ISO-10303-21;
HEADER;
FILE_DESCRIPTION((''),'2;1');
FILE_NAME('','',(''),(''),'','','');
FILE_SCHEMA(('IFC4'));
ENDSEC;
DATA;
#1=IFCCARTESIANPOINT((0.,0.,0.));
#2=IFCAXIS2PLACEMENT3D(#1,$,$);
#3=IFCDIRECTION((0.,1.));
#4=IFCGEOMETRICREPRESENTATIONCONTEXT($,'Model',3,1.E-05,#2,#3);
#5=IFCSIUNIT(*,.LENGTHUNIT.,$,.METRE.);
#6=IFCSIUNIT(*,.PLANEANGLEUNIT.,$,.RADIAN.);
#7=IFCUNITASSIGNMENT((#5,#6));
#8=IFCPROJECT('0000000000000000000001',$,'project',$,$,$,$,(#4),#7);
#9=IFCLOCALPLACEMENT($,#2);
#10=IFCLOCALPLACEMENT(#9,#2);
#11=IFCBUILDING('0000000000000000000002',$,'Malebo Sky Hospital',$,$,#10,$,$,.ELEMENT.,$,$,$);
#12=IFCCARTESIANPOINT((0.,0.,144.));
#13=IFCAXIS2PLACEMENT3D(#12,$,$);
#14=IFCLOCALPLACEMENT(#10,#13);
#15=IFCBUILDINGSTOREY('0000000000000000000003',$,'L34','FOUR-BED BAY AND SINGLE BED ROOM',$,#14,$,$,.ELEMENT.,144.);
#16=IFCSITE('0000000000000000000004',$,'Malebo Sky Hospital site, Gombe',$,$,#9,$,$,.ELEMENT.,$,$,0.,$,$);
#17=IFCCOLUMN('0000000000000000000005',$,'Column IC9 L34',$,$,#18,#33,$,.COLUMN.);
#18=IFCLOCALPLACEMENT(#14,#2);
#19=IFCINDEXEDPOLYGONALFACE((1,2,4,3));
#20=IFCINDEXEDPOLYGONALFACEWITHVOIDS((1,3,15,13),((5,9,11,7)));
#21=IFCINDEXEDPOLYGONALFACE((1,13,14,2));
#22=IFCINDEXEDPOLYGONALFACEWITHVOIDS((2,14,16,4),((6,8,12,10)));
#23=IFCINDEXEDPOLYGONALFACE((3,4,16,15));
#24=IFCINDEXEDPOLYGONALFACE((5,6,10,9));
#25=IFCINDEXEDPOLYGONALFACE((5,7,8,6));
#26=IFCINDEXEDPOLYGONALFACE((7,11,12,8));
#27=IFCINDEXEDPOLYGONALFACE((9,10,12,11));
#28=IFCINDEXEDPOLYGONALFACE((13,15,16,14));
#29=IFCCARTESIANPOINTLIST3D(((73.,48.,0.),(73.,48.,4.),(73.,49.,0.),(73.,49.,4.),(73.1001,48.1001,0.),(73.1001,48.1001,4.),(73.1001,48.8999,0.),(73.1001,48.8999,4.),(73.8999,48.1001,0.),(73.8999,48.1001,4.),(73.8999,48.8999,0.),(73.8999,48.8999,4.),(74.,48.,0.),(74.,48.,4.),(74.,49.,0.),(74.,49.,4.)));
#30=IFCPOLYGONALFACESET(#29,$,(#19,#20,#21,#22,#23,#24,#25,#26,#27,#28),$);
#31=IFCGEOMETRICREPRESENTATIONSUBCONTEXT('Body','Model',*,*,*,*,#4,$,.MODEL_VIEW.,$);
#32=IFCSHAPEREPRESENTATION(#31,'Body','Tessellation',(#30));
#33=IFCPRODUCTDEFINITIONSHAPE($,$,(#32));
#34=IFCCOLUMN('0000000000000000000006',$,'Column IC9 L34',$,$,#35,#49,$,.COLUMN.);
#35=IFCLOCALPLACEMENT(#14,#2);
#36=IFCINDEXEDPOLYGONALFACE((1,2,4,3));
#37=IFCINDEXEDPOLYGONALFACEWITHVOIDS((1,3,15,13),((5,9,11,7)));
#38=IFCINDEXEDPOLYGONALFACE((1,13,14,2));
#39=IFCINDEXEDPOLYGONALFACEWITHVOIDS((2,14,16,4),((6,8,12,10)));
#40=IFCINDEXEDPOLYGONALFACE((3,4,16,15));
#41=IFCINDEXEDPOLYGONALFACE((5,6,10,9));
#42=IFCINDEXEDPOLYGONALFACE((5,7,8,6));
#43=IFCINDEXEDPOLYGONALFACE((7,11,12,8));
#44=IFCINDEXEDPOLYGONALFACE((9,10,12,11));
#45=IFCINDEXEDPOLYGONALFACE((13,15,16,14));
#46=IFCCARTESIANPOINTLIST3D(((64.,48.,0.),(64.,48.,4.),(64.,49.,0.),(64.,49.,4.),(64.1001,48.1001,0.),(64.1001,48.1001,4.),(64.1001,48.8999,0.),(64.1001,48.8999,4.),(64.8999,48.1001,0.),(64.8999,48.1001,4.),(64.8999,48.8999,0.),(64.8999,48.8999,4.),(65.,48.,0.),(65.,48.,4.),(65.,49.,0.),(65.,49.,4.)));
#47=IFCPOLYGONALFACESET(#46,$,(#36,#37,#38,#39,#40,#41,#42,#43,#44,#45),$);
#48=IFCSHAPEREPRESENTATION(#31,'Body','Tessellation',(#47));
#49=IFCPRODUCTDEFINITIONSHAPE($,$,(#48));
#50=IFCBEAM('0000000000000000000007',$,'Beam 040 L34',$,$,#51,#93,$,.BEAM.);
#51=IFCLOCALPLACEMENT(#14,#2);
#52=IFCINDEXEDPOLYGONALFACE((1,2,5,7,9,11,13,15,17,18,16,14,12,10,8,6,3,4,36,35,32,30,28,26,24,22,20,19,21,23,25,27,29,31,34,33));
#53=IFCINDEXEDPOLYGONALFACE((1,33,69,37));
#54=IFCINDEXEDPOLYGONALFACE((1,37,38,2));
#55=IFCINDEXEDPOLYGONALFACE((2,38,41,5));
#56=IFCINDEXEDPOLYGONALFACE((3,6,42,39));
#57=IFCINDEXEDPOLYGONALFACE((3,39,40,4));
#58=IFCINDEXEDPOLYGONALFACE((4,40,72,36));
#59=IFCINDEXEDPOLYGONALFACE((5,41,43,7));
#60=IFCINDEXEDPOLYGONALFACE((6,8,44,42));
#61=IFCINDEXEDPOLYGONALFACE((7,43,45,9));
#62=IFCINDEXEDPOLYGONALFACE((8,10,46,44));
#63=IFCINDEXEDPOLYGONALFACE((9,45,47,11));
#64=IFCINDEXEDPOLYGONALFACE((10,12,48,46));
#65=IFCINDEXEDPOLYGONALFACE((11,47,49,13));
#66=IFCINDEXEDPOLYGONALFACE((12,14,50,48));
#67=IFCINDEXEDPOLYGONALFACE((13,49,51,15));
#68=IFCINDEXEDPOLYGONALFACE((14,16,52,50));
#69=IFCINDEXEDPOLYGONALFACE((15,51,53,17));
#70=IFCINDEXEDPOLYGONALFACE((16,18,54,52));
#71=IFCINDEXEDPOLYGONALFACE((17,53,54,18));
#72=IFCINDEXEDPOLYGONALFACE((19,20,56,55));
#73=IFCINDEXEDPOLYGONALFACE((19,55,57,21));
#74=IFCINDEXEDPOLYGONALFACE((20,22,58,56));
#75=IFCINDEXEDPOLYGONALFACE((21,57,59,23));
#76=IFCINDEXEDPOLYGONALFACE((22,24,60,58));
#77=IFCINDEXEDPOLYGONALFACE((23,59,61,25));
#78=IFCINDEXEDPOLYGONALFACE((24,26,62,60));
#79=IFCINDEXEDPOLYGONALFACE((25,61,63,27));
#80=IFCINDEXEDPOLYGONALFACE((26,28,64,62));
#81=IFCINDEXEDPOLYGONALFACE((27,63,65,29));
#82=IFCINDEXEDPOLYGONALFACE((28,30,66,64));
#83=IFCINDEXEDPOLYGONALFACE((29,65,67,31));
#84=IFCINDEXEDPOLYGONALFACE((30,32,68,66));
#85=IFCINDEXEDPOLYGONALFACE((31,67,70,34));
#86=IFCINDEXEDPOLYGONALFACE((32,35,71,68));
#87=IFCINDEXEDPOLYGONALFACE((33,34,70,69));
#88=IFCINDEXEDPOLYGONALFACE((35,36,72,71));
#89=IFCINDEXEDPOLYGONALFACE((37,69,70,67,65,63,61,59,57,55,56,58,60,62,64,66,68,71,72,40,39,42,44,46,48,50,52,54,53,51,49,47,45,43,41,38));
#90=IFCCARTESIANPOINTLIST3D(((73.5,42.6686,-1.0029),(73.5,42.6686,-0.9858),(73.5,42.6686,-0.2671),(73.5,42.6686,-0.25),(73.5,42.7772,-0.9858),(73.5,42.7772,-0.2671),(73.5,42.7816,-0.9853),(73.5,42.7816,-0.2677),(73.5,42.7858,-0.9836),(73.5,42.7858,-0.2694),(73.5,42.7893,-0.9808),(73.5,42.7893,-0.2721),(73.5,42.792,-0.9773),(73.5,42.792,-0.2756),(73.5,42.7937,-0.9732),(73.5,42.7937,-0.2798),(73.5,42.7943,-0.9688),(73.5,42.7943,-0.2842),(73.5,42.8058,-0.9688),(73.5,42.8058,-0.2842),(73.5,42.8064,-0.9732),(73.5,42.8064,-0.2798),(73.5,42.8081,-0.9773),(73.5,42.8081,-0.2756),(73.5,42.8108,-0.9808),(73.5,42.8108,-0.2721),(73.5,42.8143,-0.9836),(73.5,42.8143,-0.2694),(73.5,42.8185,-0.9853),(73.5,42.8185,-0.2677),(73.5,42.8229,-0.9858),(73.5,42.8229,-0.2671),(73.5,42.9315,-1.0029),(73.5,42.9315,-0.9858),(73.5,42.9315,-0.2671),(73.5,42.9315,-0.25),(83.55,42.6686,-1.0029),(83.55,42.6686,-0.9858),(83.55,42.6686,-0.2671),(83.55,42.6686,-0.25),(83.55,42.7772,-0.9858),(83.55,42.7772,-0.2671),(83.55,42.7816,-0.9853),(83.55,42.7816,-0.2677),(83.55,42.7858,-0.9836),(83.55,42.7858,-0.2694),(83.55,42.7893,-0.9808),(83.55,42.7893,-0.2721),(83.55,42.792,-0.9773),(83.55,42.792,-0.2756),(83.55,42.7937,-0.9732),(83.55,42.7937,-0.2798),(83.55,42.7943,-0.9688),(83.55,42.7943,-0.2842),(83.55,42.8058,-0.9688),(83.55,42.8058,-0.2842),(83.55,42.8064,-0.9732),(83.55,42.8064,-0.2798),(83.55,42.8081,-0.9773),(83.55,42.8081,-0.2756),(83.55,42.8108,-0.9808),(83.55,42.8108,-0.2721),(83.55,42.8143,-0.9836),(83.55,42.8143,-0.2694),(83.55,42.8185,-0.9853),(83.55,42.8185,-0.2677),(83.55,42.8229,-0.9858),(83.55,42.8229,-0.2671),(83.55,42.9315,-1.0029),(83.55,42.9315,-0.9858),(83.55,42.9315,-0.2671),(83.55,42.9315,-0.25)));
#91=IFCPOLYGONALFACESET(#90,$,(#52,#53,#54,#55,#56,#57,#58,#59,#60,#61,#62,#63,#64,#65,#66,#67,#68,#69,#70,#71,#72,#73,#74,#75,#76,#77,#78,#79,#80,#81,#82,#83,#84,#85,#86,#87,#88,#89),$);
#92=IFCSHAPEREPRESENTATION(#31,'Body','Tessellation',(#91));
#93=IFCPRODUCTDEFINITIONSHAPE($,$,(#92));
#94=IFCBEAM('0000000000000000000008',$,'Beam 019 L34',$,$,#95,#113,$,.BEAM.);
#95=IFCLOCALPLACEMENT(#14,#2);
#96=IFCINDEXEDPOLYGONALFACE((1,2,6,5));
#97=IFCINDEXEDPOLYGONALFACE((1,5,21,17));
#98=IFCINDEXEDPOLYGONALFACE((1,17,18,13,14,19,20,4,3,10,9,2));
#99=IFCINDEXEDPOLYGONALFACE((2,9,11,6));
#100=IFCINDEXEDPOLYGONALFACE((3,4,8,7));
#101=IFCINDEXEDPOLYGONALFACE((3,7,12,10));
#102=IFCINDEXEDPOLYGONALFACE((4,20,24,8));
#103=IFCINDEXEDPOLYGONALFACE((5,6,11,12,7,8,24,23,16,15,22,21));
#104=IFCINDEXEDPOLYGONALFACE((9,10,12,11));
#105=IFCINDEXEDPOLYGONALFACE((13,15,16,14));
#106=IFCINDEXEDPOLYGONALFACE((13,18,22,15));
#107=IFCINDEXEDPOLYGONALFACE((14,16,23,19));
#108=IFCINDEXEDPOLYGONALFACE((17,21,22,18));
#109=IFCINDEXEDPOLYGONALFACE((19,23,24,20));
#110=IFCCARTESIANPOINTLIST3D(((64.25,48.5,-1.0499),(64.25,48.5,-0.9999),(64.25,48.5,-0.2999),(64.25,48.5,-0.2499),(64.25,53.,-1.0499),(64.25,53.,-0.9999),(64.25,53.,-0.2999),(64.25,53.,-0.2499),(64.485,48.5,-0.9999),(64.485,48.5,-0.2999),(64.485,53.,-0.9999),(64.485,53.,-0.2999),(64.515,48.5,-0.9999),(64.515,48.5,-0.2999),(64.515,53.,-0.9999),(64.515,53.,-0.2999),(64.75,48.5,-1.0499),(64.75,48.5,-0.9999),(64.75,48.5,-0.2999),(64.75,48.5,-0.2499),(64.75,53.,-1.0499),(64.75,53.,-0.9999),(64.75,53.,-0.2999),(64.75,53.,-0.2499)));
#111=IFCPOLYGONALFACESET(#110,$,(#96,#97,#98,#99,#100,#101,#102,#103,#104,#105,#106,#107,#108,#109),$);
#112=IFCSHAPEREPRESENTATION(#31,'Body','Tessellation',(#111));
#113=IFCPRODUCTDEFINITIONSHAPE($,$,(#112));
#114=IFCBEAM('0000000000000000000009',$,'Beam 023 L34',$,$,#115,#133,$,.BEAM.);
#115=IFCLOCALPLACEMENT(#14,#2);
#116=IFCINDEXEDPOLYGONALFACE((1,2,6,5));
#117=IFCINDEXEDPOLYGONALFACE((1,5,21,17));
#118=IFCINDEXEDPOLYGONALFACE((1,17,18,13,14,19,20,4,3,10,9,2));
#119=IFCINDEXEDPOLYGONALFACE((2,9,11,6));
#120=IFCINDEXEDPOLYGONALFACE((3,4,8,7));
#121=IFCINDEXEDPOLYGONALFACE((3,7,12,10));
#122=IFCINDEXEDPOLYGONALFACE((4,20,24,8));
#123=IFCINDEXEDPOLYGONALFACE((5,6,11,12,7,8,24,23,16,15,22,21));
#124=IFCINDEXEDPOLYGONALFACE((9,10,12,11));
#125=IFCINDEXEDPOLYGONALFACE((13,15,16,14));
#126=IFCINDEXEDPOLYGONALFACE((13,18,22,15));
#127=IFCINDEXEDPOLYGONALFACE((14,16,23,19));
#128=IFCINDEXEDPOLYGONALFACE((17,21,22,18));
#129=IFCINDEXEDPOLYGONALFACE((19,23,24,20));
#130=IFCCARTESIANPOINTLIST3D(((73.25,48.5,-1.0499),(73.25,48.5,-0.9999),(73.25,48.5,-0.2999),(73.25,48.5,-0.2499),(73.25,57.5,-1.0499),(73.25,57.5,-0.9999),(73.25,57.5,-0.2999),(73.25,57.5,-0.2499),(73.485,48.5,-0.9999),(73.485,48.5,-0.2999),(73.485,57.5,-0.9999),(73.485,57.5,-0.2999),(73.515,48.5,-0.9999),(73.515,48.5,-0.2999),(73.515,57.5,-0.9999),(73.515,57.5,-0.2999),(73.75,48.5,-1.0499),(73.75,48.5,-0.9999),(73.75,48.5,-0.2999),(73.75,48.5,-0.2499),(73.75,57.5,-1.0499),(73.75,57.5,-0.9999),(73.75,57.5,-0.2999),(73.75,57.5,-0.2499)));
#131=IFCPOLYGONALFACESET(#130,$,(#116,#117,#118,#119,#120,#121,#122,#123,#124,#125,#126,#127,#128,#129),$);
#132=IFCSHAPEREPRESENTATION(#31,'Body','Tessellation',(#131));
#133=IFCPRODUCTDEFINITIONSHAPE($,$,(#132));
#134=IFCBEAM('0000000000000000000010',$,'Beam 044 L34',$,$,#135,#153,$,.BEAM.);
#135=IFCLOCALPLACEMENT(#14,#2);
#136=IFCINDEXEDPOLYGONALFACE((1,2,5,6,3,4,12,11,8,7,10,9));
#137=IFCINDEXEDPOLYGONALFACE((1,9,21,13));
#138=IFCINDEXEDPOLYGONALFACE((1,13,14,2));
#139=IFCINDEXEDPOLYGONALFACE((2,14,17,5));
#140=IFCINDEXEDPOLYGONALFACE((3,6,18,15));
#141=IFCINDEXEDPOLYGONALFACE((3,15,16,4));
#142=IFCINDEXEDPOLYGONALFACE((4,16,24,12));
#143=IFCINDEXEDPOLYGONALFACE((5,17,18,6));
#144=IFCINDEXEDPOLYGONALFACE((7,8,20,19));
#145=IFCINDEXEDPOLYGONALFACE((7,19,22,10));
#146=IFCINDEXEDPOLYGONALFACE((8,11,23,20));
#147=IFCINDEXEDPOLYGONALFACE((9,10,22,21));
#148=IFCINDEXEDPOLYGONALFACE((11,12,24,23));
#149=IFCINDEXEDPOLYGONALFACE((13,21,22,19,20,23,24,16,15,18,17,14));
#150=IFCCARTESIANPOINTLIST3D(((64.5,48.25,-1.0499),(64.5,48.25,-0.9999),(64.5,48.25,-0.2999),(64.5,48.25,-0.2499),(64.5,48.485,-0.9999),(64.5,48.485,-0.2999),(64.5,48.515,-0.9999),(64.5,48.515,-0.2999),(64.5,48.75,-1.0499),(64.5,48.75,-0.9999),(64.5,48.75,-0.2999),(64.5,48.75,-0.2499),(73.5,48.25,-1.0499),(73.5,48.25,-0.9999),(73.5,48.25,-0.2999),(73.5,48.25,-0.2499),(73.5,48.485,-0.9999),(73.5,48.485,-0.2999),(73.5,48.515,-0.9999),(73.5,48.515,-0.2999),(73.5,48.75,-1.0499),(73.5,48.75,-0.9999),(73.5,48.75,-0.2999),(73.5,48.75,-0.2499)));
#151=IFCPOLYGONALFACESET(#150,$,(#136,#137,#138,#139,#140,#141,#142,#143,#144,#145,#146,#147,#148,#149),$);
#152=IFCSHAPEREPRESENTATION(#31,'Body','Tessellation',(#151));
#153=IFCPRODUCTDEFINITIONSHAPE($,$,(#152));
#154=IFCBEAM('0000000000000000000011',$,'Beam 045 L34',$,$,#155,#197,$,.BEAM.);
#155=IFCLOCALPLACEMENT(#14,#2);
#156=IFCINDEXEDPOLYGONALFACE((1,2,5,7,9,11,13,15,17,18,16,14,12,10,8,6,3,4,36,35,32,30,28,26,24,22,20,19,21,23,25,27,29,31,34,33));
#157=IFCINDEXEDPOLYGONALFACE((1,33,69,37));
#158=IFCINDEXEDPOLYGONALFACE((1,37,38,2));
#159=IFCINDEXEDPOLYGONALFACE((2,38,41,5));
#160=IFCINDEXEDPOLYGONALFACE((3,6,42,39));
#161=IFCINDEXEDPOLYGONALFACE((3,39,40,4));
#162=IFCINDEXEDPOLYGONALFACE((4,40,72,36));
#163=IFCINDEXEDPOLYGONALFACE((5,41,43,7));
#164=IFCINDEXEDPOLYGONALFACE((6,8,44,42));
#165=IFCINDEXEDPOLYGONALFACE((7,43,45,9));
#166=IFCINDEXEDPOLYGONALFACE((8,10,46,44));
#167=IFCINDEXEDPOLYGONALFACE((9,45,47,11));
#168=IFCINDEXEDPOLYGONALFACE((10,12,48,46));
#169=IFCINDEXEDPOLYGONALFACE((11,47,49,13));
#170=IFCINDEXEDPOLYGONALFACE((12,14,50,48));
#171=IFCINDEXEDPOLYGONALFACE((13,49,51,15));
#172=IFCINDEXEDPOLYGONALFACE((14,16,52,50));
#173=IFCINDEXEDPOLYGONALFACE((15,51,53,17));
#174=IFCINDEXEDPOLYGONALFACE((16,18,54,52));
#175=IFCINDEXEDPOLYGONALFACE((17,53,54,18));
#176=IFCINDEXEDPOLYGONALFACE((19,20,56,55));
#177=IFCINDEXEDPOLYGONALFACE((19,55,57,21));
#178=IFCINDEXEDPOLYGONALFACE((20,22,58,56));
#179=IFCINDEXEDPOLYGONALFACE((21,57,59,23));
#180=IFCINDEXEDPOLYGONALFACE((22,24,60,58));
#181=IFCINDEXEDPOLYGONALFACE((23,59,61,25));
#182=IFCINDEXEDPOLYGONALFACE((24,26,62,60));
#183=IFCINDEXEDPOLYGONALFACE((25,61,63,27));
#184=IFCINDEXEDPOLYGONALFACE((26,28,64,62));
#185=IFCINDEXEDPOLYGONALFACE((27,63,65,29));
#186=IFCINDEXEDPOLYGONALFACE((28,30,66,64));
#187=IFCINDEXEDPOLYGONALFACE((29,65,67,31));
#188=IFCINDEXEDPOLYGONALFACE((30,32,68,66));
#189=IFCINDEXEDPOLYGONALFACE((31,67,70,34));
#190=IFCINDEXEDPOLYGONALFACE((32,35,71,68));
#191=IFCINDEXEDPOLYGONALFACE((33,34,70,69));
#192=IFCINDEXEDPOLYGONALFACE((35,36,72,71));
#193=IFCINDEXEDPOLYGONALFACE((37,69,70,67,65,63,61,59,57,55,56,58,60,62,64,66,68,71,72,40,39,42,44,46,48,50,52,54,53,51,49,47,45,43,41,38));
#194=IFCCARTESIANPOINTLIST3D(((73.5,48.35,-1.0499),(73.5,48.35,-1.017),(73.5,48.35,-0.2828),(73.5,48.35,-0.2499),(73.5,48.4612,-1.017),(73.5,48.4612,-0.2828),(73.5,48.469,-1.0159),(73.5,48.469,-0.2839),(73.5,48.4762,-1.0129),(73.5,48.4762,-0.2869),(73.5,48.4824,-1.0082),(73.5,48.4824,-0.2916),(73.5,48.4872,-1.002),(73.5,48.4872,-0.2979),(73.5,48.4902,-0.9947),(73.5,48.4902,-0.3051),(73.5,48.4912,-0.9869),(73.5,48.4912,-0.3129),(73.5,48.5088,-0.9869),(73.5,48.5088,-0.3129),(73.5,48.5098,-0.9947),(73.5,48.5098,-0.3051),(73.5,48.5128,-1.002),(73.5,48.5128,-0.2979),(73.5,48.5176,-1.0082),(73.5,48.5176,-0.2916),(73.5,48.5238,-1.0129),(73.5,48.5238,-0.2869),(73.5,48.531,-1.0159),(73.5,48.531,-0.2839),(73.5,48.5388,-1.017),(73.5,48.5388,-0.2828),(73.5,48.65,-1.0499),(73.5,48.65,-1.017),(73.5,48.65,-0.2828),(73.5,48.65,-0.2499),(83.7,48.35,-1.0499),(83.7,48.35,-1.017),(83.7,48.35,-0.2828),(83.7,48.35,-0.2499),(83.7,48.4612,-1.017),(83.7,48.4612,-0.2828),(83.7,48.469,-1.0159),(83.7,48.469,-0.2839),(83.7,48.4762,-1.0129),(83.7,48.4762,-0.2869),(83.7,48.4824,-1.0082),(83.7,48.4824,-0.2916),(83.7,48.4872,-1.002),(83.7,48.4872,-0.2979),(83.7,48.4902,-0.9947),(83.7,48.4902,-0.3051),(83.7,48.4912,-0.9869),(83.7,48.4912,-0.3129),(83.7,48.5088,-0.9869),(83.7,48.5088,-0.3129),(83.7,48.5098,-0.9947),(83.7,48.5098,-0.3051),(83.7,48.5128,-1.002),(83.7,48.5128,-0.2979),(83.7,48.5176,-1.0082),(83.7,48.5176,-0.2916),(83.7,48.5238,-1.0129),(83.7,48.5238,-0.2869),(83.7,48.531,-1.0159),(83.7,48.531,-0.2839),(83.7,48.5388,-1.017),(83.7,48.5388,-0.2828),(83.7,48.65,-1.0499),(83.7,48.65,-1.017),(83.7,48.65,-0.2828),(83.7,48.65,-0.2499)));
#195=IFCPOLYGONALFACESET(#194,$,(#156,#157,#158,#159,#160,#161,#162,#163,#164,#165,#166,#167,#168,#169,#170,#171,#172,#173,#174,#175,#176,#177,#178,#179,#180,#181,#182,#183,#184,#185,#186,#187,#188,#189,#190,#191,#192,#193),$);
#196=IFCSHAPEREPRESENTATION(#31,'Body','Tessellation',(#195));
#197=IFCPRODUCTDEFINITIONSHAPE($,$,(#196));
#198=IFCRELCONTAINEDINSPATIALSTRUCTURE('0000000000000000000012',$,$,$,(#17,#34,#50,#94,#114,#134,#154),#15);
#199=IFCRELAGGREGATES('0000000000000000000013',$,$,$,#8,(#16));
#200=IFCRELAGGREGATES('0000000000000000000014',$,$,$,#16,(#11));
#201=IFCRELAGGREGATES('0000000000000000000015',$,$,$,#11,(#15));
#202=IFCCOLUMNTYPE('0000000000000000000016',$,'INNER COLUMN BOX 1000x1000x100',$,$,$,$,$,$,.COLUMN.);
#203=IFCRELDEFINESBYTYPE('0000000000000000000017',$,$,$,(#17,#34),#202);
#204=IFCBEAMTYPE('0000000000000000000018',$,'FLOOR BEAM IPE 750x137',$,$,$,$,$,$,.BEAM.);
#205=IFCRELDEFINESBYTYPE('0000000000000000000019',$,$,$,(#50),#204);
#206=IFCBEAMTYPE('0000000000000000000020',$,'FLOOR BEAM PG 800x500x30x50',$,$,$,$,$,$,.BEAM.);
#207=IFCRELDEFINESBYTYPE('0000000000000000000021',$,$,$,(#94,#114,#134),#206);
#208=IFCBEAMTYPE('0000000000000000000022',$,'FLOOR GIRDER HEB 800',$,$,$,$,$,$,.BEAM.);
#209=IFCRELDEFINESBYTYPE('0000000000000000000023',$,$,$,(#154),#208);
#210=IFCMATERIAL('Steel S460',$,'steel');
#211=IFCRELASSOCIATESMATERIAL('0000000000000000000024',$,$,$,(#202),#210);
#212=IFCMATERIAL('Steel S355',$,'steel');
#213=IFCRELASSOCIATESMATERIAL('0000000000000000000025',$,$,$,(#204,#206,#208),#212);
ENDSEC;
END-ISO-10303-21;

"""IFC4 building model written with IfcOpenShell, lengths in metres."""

from ifc_helpers import new_model, si_unit, direction, frame, origin, origin_2d, place, context, subcontext, project, spatial, hollow_rectangle, i_section, extrude, material, material_profile, profile_set, type_object, element, save


model = new_model("IFC4")

# Units and contexts
model_context = context("Model", 3, precision=1e-05, world=origin(), true_north=direction((0.0, 1.0)))
body_context = subcontext(model_context, "Body", "Model", "MODEL_VIEW")
ifc_project = project(units=[si_unit("LENGTHUNIT", "METRE"), si_unit("PLANEANGLEUNIT", "RADIAN")], contexts=[model_context])

# Site, building, storey
site_placement = place(None, origin())
site = spatial("IfcSite", under=ifc_project, at=site_placement, Name="Malebo Sky Hospital site, Gombe", CompositionType="ELEMENT", RefElevation=0.0)
building_placement = place(site_placement, origin())
building = spatial("IfcBuilding", under=site, at=building_placement, Name="Malebo Sky Hospital", CompositionType="ELEMENT")
storey_placement = place(building_placement, frame((0.0, 0.0, 144.0)))
storey = spatial("IfcBuildingStorey", under=building, at=storey_placement, Name="L34", Description="FOUR-BED BAY AND SINGLE BED ROOM", CompositionType="ELEMENT", Elevation=144.0)

# Columns
ifc_material_1 = material(Name="Steel S460", Category="steel")
ifc_material_profile_1 = material_profile(ifc_material_1, hollow_rectangle(XDim=1.0, YDim=1.0, WallThickness=0.1001, at=origin_2d()), Name="BOX 1000x1000x100")
ifc_profile_set_1 = profile_set([ifc_material_profile_1], Name="Steel S460")
column_type = type_object("IfcColumnType", Name="INNER COLUMN BOX 1000x1000x100", PredefinedType="COLUMN", material=ifc_profile_set_1)
for number, where, z_axis, x_axis, name in (
    (1, (73.5, 48.5, 0.0), (0.0, 0.0, 1.0), (1.0, 0.0, 0.0), "Column IC9 L34"),
    (2, (64.5, 48.5, 0.0), (0.0, 0.0, 1.0), (1.0, 0.0, 0.0), "Column IC9 L34"),
):
    element("IfcColumn", number, at=place(storey_placement, frame(where, z_axis=z_axis, x_axis=x_axis)), inside=storey, type_object=column_type, Name=name, PredefinedType="COLUMN", context=body_context, shape_type="SweptSolid", body=[
        extrude(hollow_rectangle(XDim=1.0, YDim=1.0, WallThickness=0.1001, at=origin_2d()), origin(), (0.0, 0.0, 1.0), 4.0),
    ])

# Beams
ifc_material_2 = material(Name="Steel S355", Category="steel")
ifc_material_profile_2 = material_profile(ifc_material_2, i_section(OverallWidth=0.2629, OverallDepth=0.7529, WebThickness=0.0115, FlangeThickness=0.0171, FilletRadius=0.0171, at=origin_2d()), Name="IPE 750x137")
ifc_profile_set_2 = profile_set([ifc_material_profile_2], Name="Steel S355")
beam_type_1 = type_object("IfcBeamType", Name="FLOOR BEAM IPE 750x137", PredefinedType="BEAM", material=ifc_profile_set_2)
beam_1_placement = place(storey_placement, frame((73.5, 42.8, -0.6265), z_axis=(1.0, 0.0, 0.0), x_axis=(0.0, 1.0, 0.0)))
element("IfcBeam", 3, at=beam_1_placement, inside=storey, type_object=beam_type_1, Name="Beam 040 L34", PredefinedType="BEAM", context=body_context, shape_type="SweptSolid", body=[
    extrude(i_section(OverallWidth=0.2629, OverallDepth=0.7529, WebThickness=0.0115, FlangeThickness=0.0171, FilletRadius=0.0171, at=origin_2d()), origin(), (0.0, 0.0, 1.0), 10.05),
])
ifc_material_profile_3 = material_profile(ifc_material_2, i_section(OverallWidth=0.5, OverallDepth=0.8, WebThickness=0.03, FlangeThickness=0.05, at=origin_2d()), Name="PG 800x500x30x50")
ifc_profile_set_3 = profile_set([ifc_material_profile_3], Name="Steel S355")
beam_type_2 = type_object("IfcBeamType", Name="FLOOR BEAM PG 800x500x30x50", PredefinedType="BEAM", material=ifc_profile_set_3)
beam_2_placement = place(storey_placement, frame((64.5, 48.5, -0.6499), z_axis=(0.0, 1.0, 0.0), x_axis=(-1.0, 0.0, 0.0)))
element("IfcBeam", 4, at=beam_2_placement, inside=storey, type_object=beam_type_2, Name="Beam 019 L34", PredefinedType="BEAM", context=body_context, shape_type="SweptSolid", body=[
    extrude(i_section(OverallWidth=0.5, OverallDepth=0.8, WebThickness=0.03, FlangeThickness=0.05, at=origin_2d()), origin(), (0.0, 0.0, 1.0), 4.5),
])
for number, where, z_axis, x_axis, name in (
    (5, (73.5, 48.5, -0.6499), (0.0, 1.0, 0.0), (-1.0, 0.0, 0.0), "Beam 023 L34"),
    (6, (64.5, 48.5, -0.6499), (1.0, 0.0, 0.0), (0.0, 1.0, 0.0), "Beam 044 L34"),
):
    element("IfcBeam", number, at=place(storey_placement, frame(where, z_axis=z_axis, x_axis=x_axis)), inside=storey, type_object=beam_type_2, Name=name, PredefinedType="BEAM", context=body_context, shape_type="SweptSolid", body=[
        extrude(i_section(OverallWidth=0.5, OverallDepth=0.8, WebThickness=0.03, FlangeThickness=0.05, at=origin_2d()), origin(), (0.0, 0.0, 1.0), 9.0),
    ])
ifc_material_profile_4 = material_profile(ifc_material_2, i_section(OverallWidth=0.3, OverallDepth=0.8, WebThickness=0.0176, FlangeThickness=0.033, FilletRadius=0.03, at=origin_2d()), Name="HEB 800")
ifc_profile_set_4 = profile_set([ifc_material_profile_4], Name="Steel S355")
beam_type_3 = type_object("IfcBeamType", Name="FLOOR GIRDER HEB 800", PredefinedType="BEAM", material=ifc_profile_set_4)
beam_3_placement = place(storey_placement, frame((73.5, 48.5, -0.6499), z_axis=(1.0, 0.0, 0.0), x_axis=(0.0, 1.0, 0.0)))
element("IfcBeam", 7, at=beam_3_placement, inside=storey, type_object=beam_type_3, Name="Beam 045 L34", PredefinedType="BEAM", context=body_context, shape_type="SweptSolid", body=[
    extrude(i_section(OverallWidth=0.3, OverallDepth=0.8, WebThickness=0.0176, FlangeThickness=0.033, FilletRadius=0.03, at=origin_2d()), origin(), (0.0, 0.0, 1.0), 10.2),
])

save(model, "model.ifc")
